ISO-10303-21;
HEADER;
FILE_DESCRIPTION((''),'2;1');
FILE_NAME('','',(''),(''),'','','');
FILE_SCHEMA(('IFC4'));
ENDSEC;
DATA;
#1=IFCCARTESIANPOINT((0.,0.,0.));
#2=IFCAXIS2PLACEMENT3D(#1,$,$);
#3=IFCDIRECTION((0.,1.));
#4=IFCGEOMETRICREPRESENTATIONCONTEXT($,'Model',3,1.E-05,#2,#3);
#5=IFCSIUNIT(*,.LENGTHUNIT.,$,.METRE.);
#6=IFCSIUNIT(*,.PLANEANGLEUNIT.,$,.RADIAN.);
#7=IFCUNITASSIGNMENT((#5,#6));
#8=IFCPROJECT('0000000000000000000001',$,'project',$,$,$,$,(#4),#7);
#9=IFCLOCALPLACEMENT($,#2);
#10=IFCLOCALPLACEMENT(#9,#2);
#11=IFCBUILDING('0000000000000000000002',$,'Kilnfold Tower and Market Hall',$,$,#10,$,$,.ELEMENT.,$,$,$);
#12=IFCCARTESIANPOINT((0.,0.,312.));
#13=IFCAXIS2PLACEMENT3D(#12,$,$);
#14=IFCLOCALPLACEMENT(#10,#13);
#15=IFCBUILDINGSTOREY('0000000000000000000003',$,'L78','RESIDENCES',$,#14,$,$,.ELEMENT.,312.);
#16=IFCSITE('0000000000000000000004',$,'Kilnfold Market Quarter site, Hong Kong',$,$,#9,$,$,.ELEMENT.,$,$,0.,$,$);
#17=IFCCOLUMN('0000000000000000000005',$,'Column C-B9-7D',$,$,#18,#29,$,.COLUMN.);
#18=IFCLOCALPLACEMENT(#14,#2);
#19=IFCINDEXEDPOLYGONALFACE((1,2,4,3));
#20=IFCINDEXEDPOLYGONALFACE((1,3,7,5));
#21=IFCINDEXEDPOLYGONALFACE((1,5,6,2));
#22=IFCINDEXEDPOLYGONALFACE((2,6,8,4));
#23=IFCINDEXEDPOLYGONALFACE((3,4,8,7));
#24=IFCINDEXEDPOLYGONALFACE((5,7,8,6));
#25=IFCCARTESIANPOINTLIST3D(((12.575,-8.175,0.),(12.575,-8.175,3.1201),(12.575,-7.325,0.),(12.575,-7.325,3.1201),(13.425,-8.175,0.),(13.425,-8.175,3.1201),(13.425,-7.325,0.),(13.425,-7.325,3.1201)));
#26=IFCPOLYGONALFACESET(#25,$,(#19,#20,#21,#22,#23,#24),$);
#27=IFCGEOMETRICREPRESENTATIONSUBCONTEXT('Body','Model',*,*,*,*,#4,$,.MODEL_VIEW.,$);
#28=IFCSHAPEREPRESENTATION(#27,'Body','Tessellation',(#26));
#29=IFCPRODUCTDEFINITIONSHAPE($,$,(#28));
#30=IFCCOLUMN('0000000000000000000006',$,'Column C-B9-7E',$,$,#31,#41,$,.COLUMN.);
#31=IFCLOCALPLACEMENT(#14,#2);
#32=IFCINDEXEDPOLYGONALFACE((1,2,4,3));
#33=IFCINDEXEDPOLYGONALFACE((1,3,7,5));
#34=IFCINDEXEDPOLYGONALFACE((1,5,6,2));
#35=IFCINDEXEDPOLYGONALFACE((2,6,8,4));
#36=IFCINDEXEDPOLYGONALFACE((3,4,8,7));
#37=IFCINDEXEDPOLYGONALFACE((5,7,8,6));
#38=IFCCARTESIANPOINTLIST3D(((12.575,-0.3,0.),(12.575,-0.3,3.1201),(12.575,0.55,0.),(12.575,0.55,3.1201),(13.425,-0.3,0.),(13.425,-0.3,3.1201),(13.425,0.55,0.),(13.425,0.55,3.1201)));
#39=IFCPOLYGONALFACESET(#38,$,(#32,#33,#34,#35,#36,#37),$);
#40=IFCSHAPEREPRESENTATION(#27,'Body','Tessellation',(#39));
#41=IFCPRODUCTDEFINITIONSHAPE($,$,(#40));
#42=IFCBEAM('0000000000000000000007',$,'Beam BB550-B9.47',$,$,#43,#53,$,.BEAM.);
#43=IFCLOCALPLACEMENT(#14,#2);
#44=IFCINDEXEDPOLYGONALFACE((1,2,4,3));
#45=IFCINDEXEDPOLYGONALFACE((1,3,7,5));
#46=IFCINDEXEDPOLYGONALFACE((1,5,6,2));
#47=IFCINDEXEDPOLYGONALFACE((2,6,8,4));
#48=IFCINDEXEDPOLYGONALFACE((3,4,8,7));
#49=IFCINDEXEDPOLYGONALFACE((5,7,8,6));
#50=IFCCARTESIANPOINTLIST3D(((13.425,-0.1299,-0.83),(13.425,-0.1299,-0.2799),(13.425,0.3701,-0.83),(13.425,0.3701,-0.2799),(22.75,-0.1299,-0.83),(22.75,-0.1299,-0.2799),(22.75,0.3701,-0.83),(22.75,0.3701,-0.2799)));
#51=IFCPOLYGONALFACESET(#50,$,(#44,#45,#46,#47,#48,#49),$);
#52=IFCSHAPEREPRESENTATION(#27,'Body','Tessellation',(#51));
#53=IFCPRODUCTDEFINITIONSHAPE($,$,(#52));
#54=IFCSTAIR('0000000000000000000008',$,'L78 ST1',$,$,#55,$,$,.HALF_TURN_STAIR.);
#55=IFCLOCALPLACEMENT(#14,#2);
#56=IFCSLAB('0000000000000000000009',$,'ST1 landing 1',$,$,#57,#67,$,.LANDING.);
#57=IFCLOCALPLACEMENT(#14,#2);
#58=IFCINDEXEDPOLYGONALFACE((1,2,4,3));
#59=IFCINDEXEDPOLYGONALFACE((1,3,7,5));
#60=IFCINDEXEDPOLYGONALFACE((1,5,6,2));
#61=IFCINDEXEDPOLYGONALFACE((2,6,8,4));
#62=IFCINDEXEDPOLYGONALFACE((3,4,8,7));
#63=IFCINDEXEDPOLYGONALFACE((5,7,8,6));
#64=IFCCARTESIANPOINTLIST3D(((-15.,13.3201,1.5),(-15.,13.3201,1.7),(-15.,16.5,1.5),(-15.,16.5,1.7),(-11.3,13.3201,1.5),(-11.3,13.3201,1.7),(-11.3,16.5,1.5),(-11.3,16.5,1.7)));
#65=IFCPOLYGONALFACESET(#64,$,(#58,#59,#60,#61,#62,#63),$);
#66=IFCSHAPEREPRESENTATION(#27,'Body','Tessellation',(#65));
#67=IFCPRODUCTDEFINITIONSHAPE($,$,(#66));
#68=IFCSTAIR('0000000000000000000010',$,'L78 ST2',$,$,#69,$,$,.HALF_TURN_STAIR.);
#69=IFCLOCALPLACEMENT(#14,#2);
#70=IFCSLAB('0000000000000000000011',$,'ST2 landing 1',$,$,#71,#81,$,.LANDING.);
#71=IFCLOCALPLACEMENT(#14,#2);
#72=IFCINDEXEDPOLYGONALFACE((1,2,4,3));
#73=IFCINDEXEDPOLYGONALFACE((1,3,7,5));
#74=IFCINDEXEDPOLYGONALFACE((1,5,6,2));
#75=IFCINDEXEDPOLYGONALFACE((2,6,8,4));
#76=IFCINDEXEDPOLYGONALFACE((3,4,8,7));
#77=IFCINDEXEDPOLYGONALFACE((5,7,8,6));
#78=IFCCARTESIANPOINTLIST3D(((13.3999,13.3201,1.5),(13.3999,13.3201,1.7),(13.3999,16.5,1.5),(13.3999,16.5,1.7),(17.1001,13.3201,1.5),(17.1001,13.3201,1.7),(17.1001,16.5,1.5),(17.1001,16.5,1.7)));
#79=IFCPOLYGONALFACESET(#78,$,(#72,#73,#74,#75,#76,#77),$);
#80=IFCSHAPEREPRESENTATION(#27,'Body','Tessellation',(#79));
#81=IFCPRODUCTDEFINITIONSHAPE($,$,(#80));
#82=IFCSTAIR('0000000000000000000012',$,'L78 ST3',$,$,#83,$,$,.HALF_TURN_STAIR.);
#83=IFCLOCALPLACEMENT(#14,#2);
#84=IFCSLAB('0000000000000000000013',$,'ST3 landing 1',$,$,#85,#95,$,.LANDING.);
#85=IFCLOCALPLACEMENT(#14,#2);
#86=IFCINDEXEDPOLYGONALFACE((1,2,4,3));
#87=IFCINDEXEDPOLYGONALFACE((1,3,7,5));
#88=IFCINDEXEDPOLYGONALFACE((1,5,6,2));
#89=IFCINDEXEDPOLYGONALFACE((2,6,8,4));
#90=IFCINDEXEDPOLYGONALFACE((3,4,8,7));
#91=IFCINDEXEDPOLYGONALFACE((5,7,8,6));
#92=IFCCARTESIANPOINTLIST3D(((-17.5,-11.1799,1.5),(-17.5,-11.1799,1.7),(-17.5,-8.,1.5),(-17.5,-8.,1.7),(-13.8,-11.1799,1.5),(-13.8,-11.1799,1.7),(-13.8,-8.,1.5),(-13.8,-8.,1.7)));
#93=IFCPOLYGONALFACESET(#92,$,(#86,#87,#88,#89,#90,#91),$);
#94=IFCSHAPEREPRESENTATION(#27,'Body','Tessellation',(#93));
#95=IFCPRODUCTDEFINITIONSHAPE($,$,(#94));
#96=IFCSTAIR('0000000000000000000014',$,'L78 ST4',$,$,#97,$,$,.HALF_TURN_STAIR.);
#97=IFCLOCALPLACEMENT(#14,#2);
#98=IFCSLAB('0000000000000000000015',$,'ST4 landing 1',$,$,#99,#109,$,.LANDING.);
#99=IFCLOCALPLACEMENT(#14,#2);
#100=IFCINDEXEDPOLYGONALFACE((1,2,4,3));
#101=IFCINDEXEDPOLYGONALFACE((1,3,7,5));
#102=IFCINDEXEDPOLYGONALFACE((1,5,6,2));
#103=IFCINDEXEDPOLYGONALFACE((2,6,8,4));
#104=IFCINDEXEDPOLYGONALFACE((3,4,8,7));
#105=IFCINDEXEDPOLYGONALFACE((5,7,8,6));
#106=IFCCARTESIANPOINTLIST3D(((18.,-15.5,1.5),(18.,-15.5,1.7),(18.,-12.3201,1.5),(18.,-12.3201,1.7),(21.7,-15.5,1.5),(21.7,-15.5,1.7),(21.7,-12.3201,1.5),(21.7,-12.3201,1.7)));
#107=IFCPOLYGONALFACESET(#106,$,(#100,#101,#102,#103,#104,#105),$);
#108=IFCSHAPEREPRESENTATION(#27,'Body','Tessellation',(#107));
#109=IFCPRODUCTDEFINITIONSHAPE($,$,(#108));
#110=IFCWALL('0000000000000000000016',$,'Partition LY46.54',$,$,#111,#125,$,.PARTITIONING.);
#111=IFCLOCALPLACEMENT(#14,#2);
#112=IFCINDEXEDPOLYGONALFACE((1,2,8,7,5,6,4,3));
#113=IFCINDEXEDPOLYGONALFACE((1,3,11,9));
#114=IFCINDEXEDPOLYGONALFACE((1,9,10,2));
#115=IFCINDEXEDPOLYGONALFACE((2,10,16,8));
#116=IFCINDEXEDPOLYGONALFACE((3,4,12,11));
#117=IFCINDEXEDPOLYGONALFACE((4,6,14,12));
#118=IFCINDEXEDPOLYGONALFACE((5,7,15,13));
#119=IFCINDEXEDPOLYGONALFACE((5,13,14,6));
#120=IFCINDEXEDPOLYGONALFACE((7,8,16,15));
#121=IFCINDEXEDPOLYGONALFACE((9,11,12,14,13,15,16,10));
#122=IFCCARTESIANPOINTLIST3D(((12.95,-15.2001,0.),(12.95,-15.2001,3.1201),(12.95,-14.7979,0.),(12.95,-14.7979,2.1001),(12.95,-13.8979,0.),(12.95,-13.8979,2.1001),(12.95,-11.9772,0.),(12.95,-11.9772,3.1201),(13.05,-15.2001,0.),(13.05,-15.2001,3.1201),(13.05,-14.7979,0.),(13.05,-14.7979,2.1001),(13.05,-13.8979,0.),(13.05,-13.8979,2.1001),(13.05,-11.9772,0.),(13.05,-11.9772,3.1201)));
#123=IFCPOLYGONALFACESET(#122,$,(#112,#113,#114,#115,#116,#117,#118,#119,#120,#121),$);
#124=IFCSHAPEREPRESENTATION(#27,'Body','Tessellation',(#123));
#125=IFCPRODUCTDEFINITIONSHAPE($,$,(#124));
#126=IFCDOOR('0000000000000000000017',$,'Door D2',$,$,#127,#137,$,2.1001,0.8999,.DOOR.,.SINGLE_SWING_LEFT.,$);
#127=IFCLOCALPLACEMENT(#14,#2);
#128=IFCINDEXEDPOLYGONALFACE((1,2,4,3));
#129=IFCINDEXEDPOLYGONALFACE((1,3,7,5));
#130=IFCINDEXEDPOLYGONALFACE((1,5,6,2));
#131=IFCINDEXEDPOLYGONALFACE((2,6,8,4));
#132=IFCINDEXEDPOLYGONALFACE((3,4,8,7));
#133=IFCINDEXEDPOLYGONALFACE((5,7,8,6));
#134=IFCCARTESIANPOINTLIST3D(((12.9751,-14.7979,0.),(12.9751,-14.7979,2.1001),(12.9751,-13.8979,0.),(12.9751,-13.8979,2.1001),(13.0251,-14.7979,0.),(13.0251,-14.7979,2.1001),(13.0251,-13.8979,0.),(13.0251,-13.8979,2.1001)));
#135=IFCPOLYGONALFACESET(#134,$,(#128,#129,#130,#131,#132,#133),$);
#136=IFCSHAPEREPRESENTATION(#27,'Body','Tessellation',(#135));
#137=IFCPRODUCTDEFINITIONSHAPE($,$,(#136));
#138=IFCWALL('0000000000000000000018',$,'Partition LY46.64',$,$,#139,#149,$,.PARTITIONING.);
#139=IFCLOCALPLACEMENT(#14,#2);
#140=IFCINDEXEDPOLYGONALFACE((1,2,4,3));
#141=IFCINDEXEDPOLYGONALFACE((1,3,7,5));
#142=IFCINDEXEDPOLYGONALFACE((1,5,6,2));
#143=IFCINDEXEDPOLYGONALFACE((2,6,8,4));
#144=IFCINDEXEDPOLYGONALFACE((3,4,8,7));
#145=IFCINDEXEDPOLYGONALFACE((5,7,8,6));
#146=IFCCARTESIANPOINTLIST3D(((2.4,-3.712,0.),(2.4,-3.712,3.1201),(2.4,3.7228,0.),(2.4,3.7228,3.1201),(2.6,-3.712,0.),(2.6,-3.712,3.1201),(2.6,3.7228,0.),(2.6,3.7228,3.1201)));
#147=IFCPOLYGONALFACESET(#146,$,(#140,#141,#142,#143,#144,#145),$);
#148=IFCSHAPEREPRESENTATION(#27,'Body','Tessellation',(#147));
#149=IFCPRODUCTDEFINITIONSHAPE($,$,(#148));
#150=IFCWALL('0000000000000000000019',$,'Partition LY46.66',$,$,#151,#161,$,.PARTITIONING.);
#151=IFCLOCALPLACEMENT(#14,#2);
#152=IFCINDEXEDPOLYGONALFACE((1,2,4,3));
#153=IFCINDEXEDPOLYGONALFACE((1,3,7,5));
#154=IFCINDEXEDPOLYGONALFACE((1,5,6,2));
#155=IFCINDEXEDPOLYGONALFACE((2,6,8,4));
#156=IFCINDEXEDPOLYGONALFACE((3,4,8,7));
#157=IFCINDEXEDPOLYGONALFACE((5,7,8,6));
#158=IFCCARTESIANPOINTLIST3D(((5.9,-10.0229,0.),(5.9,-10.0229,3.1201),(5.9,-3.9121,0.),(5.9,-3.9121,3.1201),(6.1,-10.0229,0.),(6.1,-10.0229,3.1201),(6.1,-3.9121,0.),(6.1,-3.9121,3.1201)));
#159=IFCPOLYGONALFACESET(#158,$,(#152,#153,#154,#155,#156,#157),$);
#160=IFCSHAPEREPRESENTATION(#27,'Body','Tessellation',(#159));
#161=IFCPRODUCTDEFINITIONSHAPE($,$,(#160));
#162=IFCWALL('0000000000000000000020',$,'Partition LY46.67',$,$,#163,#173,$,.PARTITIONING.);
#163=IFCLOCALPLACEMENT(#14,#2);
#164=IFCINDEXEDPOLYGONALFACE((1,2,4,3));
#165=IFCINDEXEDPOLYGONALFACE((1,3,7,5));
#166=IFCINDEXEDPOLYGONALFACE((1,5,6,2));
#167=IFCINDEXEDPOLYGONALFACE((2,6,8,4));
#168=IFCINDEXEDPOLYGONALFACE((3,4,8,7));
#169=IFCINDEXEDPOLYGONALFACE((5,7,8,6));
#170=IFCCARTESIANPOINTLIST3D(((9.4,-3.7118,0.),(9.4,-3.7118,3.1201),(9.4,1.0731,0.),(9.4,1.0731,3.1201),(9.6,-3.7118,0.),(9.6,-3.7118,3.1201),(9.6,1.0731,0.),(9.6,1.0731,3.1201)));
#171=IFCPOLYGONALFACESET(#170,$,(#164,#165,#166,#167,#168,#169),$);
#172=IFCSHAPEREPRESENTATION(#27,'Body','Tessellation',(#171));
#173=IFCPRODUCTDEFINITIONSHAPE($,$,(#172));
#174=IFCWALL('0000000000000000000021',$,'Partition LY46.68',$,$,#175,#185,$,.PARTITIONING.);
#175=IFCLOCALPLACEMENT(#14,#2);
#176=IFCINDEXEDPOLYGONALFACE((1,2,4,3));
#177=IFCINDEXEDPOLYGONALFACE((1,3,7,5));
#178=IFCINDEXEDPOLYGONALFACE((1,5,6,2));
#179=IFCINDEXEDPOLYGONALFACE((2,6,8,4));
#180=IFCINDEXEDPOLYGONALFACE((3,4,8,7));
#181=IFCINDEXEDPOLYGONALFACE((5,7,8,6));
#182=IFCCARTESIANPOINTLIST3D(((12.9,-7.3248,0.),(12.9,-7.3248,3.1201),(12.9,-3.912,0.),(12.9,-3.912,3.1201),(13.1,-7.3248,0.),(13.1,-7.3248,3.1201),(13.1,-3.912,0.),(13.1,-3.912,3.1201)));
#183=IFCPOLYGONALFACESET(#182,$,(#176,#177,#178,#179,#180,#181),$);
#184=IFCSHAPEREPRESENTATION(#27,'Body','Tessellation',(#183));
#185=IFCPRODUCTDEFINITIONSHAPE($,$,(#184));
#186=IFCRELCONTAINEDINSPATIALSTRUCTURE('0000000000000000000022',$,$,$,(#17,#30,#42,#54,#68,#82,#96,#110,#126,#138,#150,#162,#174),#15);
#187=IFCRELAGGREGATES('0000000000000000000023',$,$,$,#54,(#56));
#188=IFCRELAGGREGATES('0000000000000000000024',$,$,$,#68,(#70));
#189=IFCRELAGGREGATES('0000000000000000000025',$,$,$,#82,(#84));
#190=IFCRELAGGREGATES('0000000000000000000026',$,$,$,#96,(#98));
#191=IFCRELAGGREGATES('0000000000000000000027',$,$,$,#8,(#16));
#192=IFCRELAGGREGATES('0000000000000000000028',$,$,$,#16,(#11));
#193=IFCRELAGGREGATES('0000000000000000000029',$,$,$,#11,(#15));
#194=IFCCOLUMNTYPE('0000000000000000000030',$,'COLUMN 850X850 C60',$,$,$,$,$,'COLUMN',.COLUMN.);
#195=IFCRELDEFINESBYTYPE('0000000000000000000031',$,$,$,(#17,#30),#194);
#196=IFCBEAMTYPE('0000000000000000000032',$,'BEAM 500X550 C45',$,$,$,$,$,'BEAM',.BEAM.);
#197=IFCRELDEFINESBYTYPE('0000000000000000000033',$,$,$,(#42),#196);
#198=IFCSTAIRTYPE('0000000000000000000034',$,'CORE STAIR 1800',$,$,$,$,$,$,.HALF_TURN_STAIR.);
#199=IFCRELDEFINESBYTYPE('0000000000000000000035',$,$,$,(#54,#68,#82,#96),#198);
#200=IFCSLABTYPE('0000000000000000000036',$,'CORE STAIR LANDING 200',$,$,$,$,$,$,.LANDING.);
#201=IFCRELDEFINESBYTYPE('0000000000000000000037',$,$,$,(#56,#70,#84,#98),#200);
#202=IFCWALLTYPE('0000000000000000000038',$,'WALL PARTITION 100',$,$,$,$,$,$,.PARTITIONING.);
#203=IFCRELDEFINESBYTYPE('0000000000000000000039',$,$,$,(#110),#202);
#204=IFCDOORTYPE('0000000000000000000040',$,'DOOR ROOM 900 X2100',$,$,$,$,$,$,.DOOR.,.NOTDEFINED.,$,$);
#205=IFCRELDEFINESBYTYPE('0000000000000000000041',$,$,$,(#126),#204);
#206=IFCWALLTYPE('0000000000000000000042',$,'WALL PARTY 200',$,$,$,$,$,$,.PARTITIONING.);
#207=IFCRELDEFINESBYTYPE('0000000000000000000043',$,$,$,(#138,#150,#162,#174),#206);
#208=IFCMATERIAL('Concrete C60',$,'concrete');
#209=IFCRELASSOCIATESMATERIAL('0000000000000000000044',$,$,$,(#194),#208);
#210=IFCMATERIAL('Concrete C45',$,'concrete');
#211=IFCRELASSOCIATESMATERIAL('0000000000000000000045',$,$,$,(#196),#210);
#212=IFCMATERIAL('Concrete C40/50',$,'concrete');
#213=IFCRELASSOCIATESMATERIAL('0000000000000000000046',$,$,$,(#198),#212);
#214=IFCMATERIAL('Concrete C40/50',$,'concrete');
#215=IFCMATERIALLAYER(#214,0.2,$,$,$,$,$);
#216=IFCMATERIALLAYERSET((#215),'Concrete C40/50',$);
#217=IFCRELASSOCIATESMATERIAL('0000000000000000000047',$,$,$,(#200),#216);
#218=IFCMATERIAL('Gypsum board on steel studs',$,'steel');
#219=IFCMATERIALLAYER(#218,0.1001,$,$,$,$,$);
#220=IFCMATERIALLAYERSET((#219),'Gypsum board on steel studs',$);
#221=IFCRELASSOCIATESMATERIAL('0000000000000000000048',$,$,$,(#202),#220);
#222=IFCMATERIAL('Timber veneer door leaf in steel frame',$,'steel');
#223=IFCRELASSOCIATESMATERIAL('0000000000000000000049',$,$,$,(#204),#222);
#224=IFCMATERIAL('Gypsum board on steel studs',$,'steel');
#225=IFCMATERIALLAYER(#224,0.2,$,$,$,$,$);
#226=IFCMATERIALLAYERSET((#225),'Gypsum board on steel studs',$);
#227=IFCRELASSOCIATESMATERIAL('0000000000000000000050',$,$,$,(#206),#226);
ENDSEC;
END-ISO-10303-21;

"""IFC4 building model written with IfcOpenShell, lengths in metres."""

from ifc_helpers import new_model, si_unit, direction, frame, frame_2d, origin, origin_2d, place, context, subcontext, project, spatial, polyline, rectangle, outline, extrude, source, transform, mapped, material, layer, layer_set, material_profile, profile_set, type_object, element, fill, aggregate, save


model = new_model("IFC4")

# Units and contexts
model_context = context("Model", 3, precision=1e-05, world=origin(), true_north=direction((0.0, 1.0)))
body_context = subcontext(model_context, "Body", "Model", "MODEL_VIEW")
ifc_project = project(units=[si_unit("LENGTHUNIT", "METRE"), si_unit("PLANEANGLEUNIT", "RADIAN")], contexts=[model_context])

# Site, building, storey
site_placement = place(None, origin())
site = spatial("IfcSite", under=ifc_project, at=site_placement, Name="Kilnfold Market Quarter site, Hong Kong", CompositionType="ELEMENT", RefElevation=0.0)
building_placement = place(site_placement, origin())
building = spatial("IfcBuilding", under=site, at=building_placement, Name="Kilnfold Tower and Market Hall", CompositionType="ELEMENT")
storey_placement = place(building_placement, frame((0.0, 0.0, 312.0)))
storey = spatial("IfcBuildingStorey", under=building, at=storey_placement, Name="L78", Description="RESIDENCES", CompositionType="ELEMENT", Elevation=312.0)

# Columns
ifc_material_1 = material(Name="Concrete C60", Category="concrete")
ifc_material_profile_1 = material_profile(ifc_material_1, rectangle(XDim=0.8501, YDim=0.8501, at=origin_2d()), Name="RC 850x850")
ifc_profile_set_1 = profile_set([ifc_material_profile_1], Name="Concrete C60")
column_type = type_object("IfcColumnType", Name="COLUMN 850X850 C60", ElementType="COLUMN", PredefinedType="COLUMN", material=ifc_profile_set_1)
shared_shape_1 = source(origin(), body_context, "Body", "SweptSolid", [
    extrude(rectangle(XDim=0.8501, YDim=0.8501, at=origin_2d()), origin(), (0.0, 0.0, 1.0), 3.1201),
])
for number, where, z_axis, x_axis, name in (
    (1, (13.0, -7.75, 0.0), (0.0, 0.0, 1.0), (1.0, 0.0, 0.0), "Column C-B9-7D"),
    (2, (13.0, 0.125, 0.0), (0.0, 0.0, 1.0), (1.0, 0.0, 0.0), "Column C-B9-7E"),
):
    element("IfcColumn", number, at=place(storey_placement, frame(where, z_axis=z_axis, x_axis=x_axis)), inside=storey, type_object=column_type, Name=name, PredefinedType="COLUMN", context=body_context, shape_type="MappedRepresentation", body=[
        mapped(shared_shape_1, transform((0.0, 0.0, 0.0))),
    ])

# Beam
ifc_material_2 = material(Name="Concrete C45", Category="concrete")
ifc_material_profile_2 = material_profile(ifc_material_2, rectangle(XDim=0.5, YDim=0.55, at=origin_2d()), Name="RC 500x550")
ifc_profile_set_2 = profile_set([ifc_material_profile_2], Name="Concrete C45")
beam_type = type_object("IfcBeamType", Name="BEAM 500X550 C45", ElementType="BEAM", PredefinedType="BEAM", material=ifc_profile_set_2)
shared_shape_2 = source(origin(), body_context, "Body", "SweptSolid", [
    extrude(rectangle(XDim=0.5, YDim=0.55, at=origin_2d()), origin(), (0.0, 0.0, 1.0), 9.325),
])
beam_placement = place(storey_placement, frame((13.425, 0.1201, -0.5549), z_axis=(1.0, 0.0, 0.0), x_axis=(0.0, 1.0, 0.0)))
element("IfcBeam", 3, at=beam_placement, inside=storey, type_object=beam_type, Name="Beam BB550-B9.47", PredefinedType="BEAM", context=body_context, shape_type="MappedRepresentation", body=[
    mapped(shared_shape_2, transform((0.0, 0.0, 0.0))),
])

# Stairs, slabs
ifc_material_3 = material(Name="Concrete C40/50", Category="concrete")
stair_type = type_object("IfcStairType", Name="CORE STAIR 1800", PredefinedType="HALF_TURN_STAIR", material=ifc_material_3)
stair_1_placement = place(storey_placement, origin())
stair_1 = element("IfcStair", 4, at=stair_1_placement, inside=storey, type_object=stair_type, Name="L78 ST1", PredefinedType="HALF_TURN_STAIR")
ifc_material_4 = material(Name="Concrete C40/50", Category="concrete")
ifc_layer_1 = layer(ifc_material_4, 0.2)
ifc_layer_set_1 = layer_set([ifc_layer_1], Name="Concrete C40/50")
slab_type = type_object("IfcSlabType", Name="CORE STAIR LANDING 200", PredefinedType="LANDING", material=ifc_layer_set_1)
shared_shape_3 = source(origin(), body_context, "Body", "SweptSolid", [
    extrude(outline(polyline([(-11.3, 13.3201), (-11.3, 16.5), (-15.0, 16.5), (-15.0, 13.3201), (-11.3, 13.3201)])), origin(), (0.0, 0.0, 1.0), 0.2),
])
slab_1_placement = place(storey_placement, frame((0.0, 0.0, 1.5)))
slab_1 = element("IfcSlab", 5, at=slab_1_placement, type_object=slab_type, Name="ST1 landing 1", PredefinedType="LANDING", context=body_context, shape_type="MappedRepresentation", body=[
    mapped(shared_shape_3, transform((0.0, 0.0, 0.0))),
])
aggregate(stair_1, [slab_1])
stair_2_placement = place(storey_placement, origin())
stair_2 = element("IfcStair", 6, at=stair_2_placement, inside=storey, type_object=stair_type, Name="L78 ST2", PredefinedType="HALF_TURN_STAIR")
shared_shape_4 = source(origin(), body_context, "Body", "SweptSolid", [
    extrude(outline(polyline([(17.1001, 13.3201), (17.1001, 16.5), (13.3999, 16.5), (13.3999, 13.3201), (17.1001, 13.3201)])), origin(), (0.0, 0.0, 1.0), 0.2),
])
slab_2_placement = place(storey_placement, frame((0.0, 0.0, 1.5)))
slab_2 = element("IfcSlab", 7, at=slab_2_placement, type_object=slab_type, Name="ST2 landing 1", PredefinedType="LANDING", context=body_context, shape_type="MappedRepresentation", body=[
    mapped(shared_shape_4, transform((0.0, 0.0, 0.0))),
])
aggregate(stair_2, [slab_2])
stair_3_placement = place(storey_placement, origin())
stair_3 = element("IfcStair", 8, at=stair_3_placement, inside=storey, type_object=stair_type, Name="L78 ST3", PredefinedType="HALF_TURN_STAIR")
shared_shape_5 = source(origin(), body_context, "Body", "SweptSolid", [
    extrude(outline(polyline([(-13.8, -11.1799), (-13.8, -8.0), (-17.5, -8.0), (-17.5, -11.1799), (-13.8, -11.1799)])), origin(), (0.0, 0.0, 1.0), 0.2),
])
slab_3_placement = place(storey_placement, frame((0.0, 0.0, 1.5)))
slab_3 = element("IfcSlab", 9, at=slab_3_placement, type_object=slab_type, Name="ST3 landing 1", PredefinedType="LANDING", context=body_context, shape_type="MappedRepresentation", body=[
    mapped(shared_shape_5, transform((0.0, 0.0, 0.0))),
])
aggregate(stair_3, [slab_3])
stair_4_placement = place(storey_placement, origin())
stair_4 = element("IfcStair", 10, at=stair_4_placement, inside=storey, type_object=stair_type, Name="L78 ST4", PredefinedType="HALF_TURN_STAIR")
shared_shape_6 = source(origin(), body_context, "Body", "SweptSolid", [
    extrude(outline(polyline([(18.0, -12.3201), (18.0, -15.5), (21.7, -15.5), (21.7, -12.3201), (18.0, -12.3201)])), origin(), (0.0, 0.0, 1.0), 0.2),
])
slab_4_placement = place(storey_placement, frame((0.0, 0.0, 1.5)))
slab_4 = element("IfcSlab", 11, at=slab_4_placement, type_object=slab_type, Name="ST4 landing 1", PredefinedType="LANDING", context=body_context, shape_type="MappedRepresentation", body=[
    mapped(shared_shape_6, transform((0.0, 0.0, 0.0))),
])
aggregate(stair_4, [slab_4])

# Wall, opening, door
ifc_material_5 = material(Name="Gypsum board on steel studs", Category="steel")
ifc_layer_2 = layer(ifc_material_5, 0.1001)
ifc_layer_set_2 = layer_set([ifc_layer_2], Name="Gypsum board on steel studs")
wall_type_1 = type_object("IfcWallType", Name="WALL PARTITION 100", PredefinedType="PARTITIONING", material=ifc_layer_set_2)
wall_1_placement = place(storey_placement, frame((13.0, -15.2, 0.0), z_axis=(0.0, 0.0, 1.0), x_axis=(0.0, 1.0, 0.0)))
wall_1 = element("IfcWall", 12, at=wall_1_placement, inside=storey, type_object=wall_type_1, Name="Partition LY46.54", PredefinedType="PARTITIONING", context=body_context, shape_type="SweptSolid", body=[
    extrude(rectangle(XDim=3.2229, YDim=0.1001, at=frame_2d((1.6113, 0.0))), origin(), (0.0, 0.0, 1.0), 3.1201),
])
opening_placement = place(wall_1_placement, frame((0.4021, 0.0, 0.0)))
opening = element("IfcOpeningElement", 13, at=opening_placement, cuts=wall_1, PredefinedType="OPENING", context=body_context, shape_type="SweptSolid", body=[
    extrude(rectangle(XDim=0.8999, YDim=2.1001, at=frame_2d((0.45, 1.05))), frame((0.0, 0.0601, 0.0), z_axis=(0.0, -1.0, 0.0), x_axis=(1.0, 0.0, 0.0)), (0.0, 0.0, 1.0), 0.1201),
])
ifc_material_6 = material(Name="Timber veneer door leaf in steel frame", Category="steel")
door_type = type_object("IfcDoorType", Name="DOOR ROOM 900 X2100", OperationType="NOTDEFINED", PredefinedType="DOOR", material=ifc_material_6)
door_placement = place(opening_placement, origin())
door = element("IfcDoor", 14, at=door_placement, inside=storey, type_object=door_type, Name="Door D2", OperationType="SINGLE_SWING_LEFT", OverallHeight=2.1001, OverallWidth=0.8999, PredefinedType="DOOR", context=body_context, shape_type="SweptSolid", body=[
    extrude(rectangle(XDim=0.8999, YDim=2.1001, at=frame_2d((0.45, 1.05))), frame((0.0, 0.0249, 0.0), z_axis=(0.0, -1.0, 0.0), x_axis=(1.0, 0.0, 0.0)), (0.0, 0.0, 1.0), 0.05),
])
fill(opening, door)

# Walls
ifc_material_7 = material(Name="Gypsum board on steel studs", Category="steel")
ifc_layer_3 = layer(ifc_material_7, 0.2)
ifc_layer_set_3 = layer_set([ifc_layer_3], Name="Gypsum board on steel studs")
wall_type_2 = type_object("IfcWallType", Name="WALL PARTY 200", PredefinedType="PARTITIONING", material=ifc_layer_set_3)
wall_2_placement = place(storey_placement, frame((2.5, -3.7119, 0.0), z_axis=(0.0, 0.0, 1.0), x_axis=(0.0, 1.0, 0.0)))
element("IfcWall", 15, at=wall_2_placement, inside=storey, type_object=wall_type_2, Name="Partition LY46.64", PredefinedType="PARTITIONING", context=body_context, shape_type="SweptSolid", body=[
    extrude(rectangle(XDim=7.4348, YDim=0.2, at=frame_2d((3.7173, 0.0))), origin(), (0.0, 0.0, 1.0), 3.1201),
])
wall_3_placement = place(storey_placement, frame((6.0, -10.0229, 0.0), z_axis=(0.0, 0.0, 1.0), x_axis=(0.0, 1.0, 0.0)))
element("IfcWall", 16, at=wall_3_placement, inside=storey, type_object=wall_type_2, Name="Partition LY46.66", PredefinedType="PARTITIONING", context=body_context, shape_type="SweptSolid", body=[
    extrude(rectangle(XDim=6.1108, YDim=0.2, at=frame_2d((3.0554, 0.0))), origin(), (0.0, 0.0, 1.0), 3.1201),
])
wall_4_placement = place(storey_placement, frame((9.5, -3.7119, 0.0), z_axis=(0.0, 0.0, 1.0), x_axis=(0.0, 1.0, 0.0)))
element("IfcWall", 17, at=wall_4_placement, inside=storey, type_object=wall_type_2, Name="Partition LY46.67", PredefinedType="PARTITIONING", context=body_context, shape_type="SweptSolid", body=[
    extrude(rectangle(XDim=4.7849, YDim=0.2, at=frame_2d((2.3926, 0.0))), origin(), (0.0, 0.0, 1.0), 3.1201),
])
wall_5_placement = place(storey_placement, frame((13.0, -7.325, 0.0), z_axis=(0.0, 0.0, 1.0), x_axis=(0.0, 1.0, 0.0)))
element("IfcWall", 18, at=wall_5_placement, inside=storey, type_object=wall_type_2, Name="Partition LY46.68", PredefinedType="PARTITIONING", context=body_context, shape_type="SweptSolid", body=[
    extrude(rectangle(XDim=3.4128, YDim=0.2, at=frame_2d((1.7065, 0.0))), origin(), (0.0, 0.0, 1.0), 3.1201),
])

save(model, "model.ifc")
